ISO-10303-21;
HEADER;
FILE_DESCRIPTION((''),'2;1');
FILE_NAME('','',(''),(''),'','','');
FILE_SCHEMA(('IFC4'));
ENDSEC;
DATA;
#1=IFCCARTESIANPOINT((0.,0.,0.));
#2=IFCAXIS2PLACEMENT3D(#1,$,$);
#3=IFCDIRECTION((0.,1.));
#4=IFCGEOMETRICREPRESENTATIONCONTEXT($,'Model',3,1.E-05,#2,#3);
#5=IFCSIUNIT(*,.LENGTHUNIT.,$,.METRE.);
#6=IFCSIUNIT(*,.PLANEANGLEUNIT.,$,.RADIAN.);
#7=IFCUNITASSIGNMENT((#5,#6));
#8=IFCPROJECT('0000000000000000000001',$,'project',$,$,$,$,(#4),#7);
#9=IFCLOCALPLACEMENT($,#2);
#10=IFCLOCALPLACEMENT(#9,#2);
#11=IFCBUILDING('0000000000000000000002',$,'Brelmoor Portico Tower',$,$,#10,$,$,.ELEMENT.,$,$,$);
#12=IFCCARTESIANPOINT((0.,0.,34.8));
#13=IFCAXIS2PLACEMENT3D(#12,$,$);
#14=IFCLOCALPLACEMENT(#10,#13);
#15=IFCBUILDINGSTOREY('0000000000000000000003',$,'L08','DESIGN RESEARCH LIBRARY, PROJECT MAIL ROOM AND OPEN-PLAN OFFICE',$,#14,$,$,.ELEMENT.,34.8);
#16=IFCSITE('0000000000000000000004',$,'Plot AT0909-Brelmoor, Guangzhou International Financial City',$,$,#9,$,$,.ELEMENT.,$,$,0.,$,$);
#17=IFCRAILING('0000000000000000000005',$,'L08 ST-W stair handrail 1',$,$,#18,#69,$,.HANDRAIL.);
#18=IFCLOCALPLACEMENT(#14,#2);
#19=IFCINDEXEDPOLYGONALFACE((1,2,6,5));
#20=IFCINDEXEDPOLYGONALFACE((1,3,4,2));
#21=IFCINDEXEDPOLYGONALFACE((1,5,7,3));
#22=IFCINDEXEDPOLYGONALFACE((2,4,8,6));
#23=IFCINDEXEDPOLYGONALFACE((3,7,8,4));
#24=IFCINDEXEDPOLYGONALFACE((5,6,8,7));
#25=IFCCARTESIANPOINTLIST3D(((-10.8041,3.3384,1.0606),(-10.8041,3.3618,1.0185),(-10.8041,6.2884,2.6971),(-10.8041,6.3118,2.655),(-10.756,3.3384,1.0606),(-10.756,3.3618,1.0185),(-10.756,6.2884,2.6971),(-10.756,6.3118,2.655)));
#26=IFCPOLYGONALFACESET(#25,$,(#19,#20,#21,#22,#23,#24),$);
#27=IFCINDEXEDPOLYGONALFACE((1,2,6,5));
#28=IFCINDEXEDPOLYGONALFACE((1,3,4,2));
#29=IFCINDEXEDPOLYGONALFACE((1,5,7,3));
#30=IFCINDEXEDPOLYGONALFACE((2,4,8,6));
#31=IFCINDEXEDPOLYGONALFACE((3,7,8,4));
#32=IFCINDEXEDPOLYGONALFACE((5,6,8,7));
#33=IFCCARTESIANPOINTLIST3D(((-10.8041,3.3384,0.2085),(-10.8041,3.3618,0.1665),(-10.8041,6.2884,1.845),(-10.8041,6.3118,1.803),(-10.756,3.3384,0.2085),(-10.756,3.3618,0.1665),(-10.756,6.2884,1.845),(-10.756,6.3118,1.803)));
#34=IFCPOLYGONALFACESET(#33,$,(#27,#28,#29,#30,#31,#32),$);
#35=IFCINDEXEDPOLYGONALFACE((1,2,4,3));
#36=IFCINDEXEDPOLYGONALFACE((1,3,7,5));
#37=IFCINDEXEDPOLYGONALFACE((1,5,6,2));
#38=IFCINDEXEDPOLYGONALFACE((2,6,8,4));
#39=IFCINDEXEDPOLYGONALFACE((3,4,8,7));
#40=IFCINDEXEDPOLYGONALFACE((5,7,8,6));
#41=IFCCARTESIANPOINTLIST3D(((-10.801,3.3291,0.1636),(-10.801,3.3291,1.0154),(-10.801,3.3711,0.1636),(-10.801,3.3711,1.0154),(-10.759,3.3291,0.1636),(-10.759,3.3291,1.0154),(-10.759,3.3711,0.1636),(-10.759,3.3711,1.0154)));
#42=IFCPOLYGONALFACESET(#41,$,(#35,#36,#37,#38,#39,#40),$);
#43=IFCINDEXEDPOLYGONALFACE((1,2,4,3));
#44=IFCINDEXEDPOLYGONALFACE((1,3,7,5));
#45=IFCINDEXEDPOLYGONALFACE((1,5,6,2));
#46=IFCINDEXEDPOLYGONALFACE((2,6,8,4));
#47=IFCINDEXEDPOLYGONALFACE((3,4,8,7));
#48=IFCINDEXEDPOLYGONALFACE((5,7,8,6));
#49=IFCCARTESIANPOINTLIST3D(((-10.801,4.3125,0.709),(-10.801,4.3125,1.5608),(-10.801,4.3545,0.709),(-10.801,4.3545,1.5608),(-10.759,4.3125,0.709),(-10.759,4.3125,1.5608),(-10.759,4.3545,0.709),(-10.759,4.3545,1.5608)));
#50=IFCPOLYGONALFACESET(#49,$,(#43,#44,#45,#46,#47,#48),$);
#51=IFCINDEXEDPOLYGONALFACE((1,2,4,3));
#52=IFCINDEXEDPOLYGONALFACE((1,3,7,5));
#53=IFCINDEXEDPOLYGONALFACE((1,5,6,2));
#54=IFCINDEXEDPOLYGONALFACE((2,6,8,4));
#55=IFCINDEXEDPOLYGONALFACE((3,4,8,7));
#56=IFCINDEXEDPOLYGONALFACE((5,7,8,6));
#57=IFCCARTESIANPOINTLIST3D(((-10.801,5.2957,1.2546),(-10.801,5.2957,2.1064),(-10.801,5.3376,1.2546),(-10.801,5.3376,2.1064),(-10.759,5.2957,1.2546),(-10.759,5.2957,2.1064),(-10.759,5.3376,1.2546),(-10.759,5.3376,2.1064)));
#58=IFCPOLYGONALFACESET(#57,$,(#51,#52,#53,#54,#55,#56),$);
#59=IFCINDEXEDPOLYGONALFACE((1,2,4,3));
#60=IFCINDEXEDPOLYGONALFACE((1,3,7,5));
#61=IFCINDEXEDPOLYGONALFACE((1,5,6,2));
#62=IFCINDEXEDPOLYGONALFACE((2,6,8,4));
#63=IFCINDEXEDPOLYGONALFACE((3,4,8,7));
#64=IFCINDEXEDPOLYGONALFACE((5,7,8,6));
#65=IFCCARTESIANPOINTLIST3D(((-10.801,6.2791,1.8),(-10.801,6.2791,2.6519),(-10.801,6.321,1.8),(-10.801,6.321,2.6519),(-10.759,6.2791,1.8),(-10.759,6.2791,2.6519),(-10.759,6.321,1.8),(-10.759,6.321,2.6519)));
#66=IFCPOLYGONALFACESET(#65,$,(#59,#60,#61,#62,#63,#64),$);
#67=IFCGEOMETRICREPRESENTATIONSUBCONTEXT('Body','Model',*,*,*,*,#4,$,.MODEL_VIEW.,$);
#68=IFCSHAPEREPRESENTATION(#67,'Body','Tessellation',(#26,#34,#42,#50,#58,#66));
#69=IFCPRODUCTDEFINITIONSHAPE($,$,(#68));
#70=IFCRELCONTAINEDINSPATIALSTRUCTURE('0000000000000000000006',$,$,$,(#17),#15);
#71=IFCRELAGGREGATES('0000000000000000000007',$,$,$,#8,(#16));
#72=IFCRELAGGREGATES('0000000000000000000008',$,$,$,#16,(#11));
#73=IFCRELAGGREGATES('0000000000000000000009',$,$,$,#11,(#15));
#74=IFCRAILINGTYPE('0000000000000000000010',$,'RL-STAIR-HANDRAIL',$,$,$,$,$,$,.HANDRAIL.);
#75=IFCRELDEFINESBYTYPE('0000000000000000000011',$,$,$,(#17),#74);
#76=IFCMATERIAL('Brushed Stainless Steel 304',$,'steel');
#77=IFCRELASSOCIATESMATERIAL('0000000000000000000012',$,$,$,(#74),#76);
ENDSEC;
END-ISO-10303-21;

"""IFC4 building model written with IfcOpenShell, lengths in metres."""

from ifc_helpers import new_model, si_unit, direction, frame, origin, origin_2d, place, context, subcontext, project, spatial, rectangle, extrude, material, type_object, element, save


model = new_model("IFC4")

# Units and contexts
model_context = context("Model", 3, precision=1e-05, world=origin(), true_north=direction((0.0, 1.0)))
body_context = subcontext(model_context, "Body", "Model", "MODEL_VIEW")
ifc_project = project(units=[si_unit("LENGTHUNIT", "METRE"), si_unit("PLANEANGLEUNIT", "RADIAN")], contexts=[model_context])

# Site, building, storey
site_placement = place(None, origin())
site = spatial("IfcSite", under=ifc_project, at=site_placement, Name="Plot AT0909-Brelmoor, Guangzhou International Financial City", CompositionType="ELEMENT", RefElevation=0.0)
building_placement = place(site_placement, origin())
building = spatial("IfcBuilding", under=site, at=building_placement, Name="Brelmoor Portico Tower", CompositionType="ELEMENT")
storey_placement = place(building_placement, frame((0.0, 0.0, 34.8)))
storey = spatial("IfcBuildingStorey", under=building, at=storey_placement, Name="L08", Description="DESIGN RESEARCH LIBRARY, PROJECT MAIL ROOM AND OPEN-PLAN OFFICE", CompositionType="ELEMENT", Elevation=34.8)

# Railing
ifc_material_1 = material(Name="Brushed Stainless Steel 304", Category="steel")
railing_type = type_object("IfcRailingType", Name="RL-STAIR-HANDRAIL", PredefinedType="HANDRAIL", material=ifc_material_1)
railing_placement = place(storey_placement, frame((-10.78, 3.3501, 0.1636)))
element("IfcRailing", 1, at=railing_placement, inside=storey, type_object=railing_type, Name="L08 ST-W stair handrail 1", PredefinedType="HANDRAIL", context=body_context, shape_type="SweptSolid", body=[
    extrude(rectangle(XDim=0.0481, YDim=0.0481, at=origin_2d()), frame((0.0, 0.0, 0.876), z_axis=(0.0, 0.874458, 0.485102), x_axis=(-1.0, 0.0, 0.0)), (0.0, 0.0, 1.0), 3.3735),
    extrude(rectangle(XDim=0.0481, YDim=0.0481, at=origin_2d()), frame((0.0, 0.0, 0.0239), z_axis=(0.0, 0.874458, 0.485102), x_axis=(-1.0, 0.0, 0.0)), (0.0, 0.0, 1.0), 3.3735),
    extrude(rectangle(XDim=0.042, YDim=0.042, at=origin_2d()), origin(), (0.0, 0.0, 1.0), 0.8518),
    extrude(rectangle(XDim=0.042, YDim=0.042, at=origin_2d()), frame((0.0, 0.9834, 0.5454)), (0.0, 0.0, 1.0), 0.8518),
    extrude(rectangle(XDim=0.042, YDim=0.042, at=origin_2d()), frame((0.0, 1.9666, 1.0911)), (0.0, 0.0, 1.0), 0.8518),
    extrude(rectangle(XDim=0.042, YDim=0.042, at=origin_2d()), frame((0.0, 2.95, 1.6365)), (0.0, 0.0, 1.0), 0.8518),
])

save(model, "model.ifc")
